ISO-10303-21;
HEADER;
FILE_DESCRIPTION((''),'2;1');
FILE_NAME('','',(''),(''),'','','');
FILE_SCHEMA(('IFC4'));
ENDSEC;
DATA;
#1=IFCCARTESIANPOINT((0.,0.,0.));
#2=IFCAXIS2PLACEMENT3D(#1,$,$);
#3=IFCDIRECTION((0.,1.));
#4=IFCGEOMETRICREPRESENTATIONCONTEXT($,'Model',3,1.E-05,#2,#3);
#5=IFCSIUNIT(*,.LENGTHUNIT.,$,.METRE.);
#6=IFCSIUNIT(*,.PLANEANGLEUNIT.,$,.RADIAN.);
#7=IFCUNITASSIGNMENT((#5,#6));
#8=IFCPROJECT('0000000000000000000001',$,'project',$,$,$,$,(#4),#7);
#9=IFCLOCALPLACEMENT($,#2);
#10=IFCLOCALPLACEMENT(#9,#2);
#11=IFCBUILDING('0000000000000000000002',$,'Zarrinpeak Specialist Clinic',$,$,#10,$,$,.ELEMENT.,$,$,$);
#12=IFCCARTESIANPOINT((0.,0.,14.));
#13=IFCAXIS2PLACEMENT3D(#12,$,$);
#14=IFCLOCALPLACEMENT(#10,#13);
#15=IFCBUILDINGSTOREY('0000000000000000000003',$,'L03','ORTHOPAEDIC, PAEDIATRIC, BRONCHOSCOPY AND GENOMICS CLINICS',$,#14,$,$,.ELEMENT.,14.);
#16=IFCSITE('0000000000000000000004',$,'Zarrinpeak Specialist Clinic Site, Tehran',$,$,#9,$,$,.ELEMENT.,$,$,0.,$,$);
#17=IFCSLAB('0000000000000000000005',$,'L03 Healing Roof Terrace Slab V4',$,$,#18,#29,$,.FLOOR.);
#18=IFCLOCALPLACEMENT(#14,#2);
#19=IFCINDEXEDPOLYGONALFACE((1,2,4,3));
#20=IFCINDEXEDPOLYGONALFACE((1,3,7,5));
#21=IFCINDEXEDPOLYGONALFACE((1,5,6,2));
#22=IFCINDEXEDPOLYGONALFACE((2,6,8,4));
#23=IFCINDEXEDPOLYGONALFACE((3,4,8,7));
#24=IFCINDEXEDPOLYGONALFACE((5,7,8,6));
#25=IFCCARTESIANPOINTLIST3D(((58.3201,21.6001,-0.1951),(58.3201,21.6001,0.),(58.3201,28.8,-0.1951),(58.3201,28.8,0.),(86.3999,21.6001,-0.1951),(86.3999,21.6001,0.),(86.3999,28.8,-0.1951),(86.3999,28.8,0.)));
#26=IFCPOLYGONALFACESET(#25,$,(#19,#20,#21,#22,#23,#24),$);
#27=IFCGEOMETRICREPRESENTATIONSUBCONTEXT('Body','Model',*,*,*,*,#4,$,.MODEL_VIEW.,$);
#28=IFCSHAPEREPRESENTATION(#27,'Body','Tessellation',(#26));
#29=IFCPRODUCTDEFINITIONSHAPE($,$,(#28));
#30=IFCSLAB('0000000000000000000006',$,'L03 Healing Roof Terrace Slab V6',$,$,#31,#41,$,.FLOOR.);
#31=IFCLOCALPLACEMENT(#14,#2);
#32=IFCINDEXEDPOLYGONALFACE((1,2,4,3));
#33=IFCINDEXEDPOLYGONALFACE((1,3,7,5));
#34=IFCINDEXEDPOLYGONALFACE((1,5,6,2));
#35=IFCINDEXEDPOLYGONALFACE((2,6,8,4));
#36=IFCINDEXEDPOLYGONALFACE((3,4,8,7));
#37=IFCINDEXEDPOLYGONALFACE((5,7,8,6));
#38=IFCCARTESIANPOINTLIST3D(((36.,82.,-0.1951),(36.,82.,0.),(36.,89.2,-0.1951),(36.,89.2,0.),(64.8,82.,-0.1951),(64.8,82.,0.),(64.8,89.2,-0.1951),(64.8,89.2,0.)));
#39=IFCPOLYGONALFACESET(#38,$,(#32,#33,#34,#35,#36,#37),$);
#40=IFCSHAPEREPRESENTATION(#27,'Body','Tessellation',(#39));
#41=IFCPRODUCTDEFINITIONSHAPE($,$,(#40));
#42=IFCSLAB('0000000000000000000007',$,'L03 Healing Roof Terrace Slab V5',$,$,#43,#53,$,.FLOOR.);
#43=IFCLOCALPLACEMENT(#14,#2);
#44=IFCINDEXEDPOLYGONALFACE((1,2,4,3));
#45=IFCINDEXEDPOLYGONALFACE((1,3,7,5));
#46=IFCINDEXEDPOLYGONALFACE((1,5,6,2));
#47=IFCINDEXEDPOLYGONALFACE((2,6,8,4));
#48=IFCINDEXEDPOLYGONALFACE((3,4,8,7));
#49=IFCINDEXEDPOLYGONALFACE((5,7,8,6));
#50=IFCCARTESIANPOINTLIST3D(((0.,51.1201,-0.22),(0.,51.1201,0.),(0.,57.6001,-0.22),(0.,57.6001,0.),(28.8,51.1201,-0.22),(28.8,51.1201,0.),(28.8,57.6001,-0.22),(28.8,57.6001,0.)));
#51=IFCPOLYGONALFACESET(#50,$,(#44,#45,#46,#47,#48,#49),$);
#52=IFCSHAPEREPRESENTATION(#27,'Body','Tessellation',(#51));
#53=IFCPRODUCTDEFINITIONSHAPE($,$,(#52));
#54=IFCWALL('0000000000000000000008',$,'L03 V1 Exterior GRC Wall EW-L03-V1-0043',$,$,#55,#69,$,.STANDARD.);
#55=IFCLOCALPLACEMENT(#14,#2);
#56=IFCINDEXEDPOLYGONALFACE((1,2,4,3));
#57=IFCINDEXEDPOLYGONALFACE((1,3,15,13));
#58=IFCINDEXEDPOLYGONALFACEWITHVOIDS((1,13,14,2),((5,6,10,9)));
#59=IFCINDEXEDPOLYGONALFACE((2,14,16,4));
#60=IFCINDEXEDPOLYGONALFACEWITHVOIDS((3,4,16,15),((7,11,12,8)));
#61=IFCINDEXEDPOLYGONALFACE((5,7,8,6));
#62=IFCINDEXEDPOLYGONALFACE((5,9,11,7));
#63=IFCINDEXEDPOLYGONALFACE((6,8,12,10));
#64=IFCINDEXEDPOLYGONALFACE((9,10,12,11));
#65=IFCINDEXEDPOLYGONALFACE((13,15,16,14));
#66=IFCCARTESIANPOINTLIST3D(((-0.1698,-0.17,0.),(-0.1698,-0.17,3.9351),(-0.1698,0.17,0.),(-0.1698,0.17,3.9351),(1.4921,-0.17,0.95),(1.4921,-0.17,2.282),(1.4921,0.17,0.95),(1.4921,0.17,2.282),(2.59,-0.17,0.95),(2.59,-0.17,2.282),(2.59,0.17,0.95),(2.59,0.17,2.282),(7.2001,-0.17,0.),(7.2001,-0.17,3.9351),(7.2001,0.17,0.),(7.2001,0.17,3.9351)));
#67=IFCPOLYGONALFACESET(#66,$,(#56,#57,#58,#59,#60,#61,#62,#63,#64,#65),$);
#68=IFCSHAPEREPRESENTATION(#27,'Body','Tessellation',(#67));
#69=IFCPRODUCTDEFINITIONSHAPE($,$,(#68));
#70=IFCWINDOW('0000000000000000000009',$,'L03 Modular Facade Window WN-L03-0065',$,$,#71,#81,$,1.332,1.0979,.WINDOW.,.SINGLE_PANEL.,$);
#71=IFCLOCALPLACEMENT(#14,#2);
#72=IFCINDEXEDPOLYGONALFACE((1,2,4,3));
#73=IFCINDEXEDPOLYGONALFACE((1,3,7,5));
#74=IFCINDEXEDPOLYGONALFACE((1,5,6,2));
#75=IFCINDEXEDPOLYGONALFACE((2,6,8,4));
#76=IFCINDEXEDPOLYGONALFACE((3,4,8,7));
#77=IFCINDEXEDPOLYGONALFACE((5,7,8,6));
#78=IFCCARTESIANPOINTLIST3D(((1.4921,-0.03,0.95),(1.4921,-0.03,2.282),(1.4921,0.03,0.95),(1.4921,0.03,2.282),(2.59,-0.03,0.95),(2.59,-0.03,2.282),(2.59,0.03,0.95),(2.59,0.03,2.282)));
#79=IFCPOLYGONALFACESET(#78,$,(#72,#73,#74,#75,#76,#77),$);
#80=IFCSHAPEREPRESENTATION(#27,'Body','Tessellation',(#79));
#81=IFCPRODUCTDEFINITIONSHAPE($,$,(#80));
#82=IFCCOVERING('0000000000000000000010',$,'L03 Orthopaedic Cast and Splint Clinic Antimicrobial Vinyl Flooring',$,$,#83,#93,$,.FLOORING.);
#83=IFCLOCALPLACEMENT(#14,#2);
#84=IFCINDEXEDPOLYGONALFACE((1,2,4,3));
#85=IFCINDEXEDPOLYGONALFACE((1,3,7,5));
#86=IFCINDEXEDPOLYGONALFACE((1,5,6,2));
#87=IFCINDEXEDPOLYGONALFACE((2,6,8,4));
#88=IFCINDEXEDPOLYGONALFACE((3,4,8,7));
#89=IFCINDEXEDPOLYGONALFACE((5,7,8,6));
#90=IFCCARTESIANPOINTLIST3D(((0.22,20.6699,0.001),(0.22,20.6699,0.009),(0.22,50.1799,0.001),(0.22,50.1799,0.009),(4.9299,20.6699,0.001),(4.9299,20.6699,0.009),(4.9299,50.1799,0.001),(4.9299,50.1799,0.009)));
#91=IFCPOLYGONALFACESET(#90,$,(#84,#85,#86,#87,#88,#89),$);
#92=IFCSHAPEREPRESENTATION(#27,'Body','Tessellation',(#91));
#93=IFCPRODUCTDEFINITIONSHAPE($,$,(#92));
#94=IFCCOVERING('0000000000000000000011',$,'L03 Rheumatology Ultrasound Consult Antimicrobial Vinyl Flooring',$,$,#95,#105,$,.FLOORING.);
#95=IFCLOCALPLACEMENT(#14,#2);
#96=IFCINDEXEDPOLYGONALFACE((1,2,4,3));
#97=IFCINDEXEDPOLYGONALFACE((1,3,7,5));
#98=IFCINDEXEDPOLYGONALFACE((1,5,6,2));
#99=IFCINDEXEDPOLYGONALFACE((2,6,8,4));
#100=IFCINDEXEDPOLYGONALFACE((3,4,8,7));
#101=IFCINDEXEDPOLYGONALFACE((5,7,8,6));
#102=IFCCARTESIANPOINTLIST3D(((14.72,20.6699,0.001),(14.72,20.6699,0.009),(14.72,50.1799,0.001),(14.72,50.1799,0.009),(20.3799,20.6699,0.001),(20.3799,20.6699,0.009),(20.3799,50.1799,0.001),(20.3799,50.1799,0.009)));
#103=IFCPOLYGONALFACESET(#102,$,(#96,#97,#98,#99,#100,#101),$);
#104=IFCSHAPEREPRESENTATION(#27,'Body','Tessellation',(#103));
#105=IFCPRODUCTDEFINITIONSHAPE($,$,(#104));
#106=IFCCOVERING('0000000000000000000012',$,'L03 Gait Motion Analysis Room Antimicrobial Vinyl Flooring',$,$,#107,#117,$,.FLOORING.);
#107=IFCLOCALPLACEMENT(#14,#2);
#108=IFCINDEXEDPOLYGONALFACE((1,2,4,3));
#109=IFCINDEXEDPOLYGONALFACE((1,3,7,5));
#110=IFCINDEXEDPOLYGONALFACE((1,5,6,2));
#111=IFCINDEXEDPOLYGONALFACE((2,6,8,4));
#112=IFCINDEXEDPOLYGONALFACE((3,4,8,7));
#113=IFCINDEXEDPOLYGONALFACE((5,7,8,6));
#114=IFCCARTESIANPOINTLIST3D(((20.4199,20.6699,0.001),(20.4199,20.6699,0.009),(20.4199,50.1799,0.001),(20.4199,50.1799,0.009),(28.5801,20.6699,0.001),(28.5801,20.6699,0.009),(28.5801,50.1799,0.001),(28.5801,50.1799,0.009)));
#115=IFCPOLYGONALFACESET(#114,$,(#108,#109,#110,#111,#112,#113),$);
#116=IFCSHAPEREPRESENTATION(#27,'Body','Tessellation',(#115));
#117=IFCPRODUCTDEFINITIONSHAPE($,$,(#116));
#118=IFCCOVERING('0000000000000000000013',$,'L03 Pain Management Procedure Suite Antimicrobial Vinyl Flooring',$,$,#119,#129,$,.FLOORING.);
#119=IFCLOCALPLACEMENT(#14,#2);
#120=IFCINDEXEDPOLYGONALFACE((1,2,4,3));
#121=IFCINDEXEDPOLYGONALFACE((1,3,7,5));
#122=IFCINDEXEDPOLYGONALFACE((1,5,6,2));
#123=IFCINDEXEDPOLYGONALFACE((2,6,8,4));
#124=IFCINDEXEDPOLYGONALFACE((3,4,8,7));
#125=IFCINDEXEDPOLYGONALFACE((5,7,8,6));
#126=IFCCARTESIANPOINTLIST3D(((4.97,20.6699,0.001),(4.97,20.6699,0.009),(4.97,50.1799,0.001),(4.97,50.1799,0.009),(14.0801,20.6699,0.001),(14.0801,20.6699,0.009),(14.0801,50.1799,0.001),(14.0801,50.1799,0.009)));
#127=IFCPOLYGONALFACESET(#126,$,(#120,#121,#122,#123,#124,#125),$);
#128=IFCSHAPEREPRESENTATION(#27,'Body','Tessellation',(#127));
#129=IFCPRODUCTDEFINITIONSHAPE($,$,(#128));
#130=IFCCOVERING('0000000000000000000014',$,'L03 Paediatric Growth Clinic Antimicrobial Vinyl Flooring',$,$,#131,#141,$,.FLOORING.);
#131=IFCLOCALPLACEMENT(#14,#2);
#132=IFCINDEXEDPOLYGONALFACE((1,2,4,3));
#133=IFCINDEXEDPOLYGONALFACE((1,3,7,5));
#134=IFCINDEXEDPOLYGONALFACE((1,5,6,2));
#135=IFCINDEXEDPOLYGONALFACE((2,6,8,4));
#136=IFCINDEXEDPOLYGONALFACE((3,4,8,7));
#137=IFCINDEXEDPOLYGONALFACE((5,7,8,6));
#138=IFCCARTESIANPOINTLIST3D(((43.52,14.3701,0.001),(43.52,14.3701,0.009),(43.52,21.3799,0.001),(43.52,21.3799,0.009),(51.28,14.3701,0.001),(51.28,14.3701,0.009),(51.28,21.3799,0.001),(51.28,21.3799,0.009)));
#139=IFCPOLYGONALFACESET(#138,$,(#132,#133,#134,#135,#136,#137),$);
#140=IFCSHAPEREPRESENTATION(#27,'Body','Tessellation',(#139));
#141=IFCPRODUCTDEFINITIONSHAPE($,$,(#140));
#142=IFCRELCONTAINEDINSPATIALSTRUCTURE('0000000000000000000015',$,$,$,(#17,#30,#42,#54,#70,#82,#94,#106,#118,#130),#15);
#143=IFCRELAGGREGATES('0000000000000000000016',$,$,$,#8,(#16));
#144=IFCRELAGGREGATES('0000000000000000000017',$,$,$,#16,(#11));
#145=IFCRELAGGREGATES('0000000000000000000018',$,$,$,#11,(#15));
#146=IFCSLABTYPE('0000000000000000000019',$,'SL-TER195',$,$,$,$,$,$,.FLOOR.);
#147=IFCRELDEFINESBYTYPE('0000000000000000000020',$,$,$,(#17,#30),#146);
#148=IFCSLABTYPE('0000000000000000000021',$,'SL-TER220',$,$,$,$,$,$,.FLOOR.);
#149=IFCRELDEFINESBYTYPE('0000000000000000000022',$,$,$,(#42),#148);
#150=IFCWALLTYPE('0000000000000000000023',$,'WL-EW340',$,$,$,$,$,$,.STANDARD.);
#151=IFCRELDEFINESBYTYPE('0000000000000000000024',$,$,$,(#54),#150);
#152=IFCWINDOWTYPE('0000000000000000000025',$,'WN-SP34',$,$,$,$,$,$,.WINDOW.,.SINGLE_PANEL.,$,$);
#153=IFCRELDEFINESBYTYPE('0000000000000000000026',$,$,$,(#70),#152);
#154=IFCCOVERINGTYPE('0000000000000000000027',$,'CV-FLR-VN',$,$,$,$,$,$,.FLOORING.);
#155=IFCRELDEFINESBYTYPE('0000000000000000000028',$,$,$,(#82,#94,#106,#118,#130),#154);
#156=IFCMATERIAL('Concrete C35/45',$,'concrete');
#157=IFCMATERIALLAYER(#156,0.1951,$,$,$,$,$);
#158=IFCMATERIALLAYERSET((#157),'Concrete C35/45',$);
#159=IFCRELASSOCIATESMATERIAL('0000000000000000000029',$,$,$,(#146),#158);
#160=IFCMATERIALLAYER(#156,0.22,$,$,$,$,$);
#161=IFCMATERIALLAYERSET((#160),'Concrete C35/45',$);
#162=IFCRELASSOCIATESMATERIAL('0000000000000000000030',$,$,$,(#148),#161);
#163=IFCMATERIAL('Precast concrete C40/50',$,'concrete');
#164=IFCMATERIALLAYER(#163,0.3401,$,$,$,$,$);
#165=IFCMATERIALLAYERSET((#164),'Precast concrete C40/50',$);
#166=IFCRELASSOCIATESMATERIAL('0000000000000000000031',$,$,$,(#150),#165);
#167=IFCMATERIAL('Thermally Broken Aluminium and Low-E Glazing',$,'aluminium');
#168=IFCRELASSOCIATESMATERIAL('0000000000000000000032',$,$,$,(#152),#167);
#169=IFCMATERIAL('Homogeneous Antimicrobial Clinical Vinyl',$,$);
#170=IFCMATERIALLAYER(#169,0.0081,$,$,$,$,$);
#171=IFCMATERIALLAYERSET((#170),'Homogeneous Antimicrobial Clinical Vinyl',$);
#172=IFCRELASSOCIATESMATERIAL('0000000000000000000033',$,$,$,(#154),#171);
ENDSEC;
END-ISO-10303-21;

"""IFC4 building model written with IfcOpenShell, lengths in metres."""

from ifc_helpers import new_model, si_unit, direction, frame, frame_2d, origin, place, context, subcontext, project, spatial, polyline, rectangle, outline, extrude, material, layer, layer_set, type_object, element, fill, save


model = new_model("IFC4")

# Units and contexts
model_context = context("Model", 3, precision=1e-05, world=origin(), true_north=direction((0.0, 1.0)))
body_context = subcontext(model_context, "Body", "Model", "MODEL_VIEW")
ifc_project = project(units=[si_unit("LENGTHUNIT", "METRE"), si_unit("PLANEANGLEUNIT", "RADIAN")], contexts=[model_context])

# Site, building, storey
site_placement = place(None, origin())
site = spatial("IfcSite", under=ifc_project, at=site_placement, Name="Zarrinpeak Specialist Clinic Site, Tehran", CompositionType="ELEMENT", RefElevation=0.0)
building_placement = place(site_placement, origin())
building = spatial("IfcBuilding", under=site, at=building_placement, Name="Zarrinpeak Specialist Clinic", CompositionType="ELEMENT")
storey_placement = place(building_placement, frame((0.0, 0.0, 14.0)))
storey = spatial("IfcBuildingStorey", under=building, at=storey_placement, Name="L03", Description="ORTHOPAEDIC, PAEDIATRIC, BRONCHOSCOPY AND GENOMICS CLINICS", CompositionType="ELEMENT", Elevation=14.0)

# Slabs
ifc_material_1 = material(Name="Concrete C35/45", Category="concrete")
ifc_layer_1 = layer(ifc_material_1, 0.1951)
ifc_layer_set_1 = layer_set([ifc_layer_1], Name="Concrete C35/45")
slab_type_1 = type_object("IfcSlabType", Name="SL-TER195", PredefinedType="FLOOR", material=ifc_layer_set_1)
slab_1_placement = place(storey_placement, frame((0.0, 0.0, -0.1951)))
element("IfcSlab", 1, at=slab_1_placement, inside=storey, type_object=slab_type_1, Name="L03 Healing Roof Terrace Slab V4", PredefinedType="FLOOR", context=body_context, shape_type="SweptSolid", body=[
    extrude(outline(polyline([(58.3201, 21.6001), (86.3999, 21.6001), (86.3999, 28.8), (58.3201, 28.8), (58.3201, 21.6001)])), origin(), (0.0, 0.0, 1.0), 0.1951),
])
slab_2_placement = place(storey_placement, frame((0.0, 0.0, -0.1951)))
element("IfcSlab", 2, at=slab_2_placement, inside=storey, type_object=slab_type_1, Name="L03 Healing Roof Terrace Slab V6", PredefinedType="FLOOR", context=body_context, shape_type="SweptSolid", body=[
    extrude(outline(polyline([(36.0, 82.0), (64.8, 82.0), (64.8, 89.2), (36.0, 89.2), (36.0, 82.0)])), origin(), (0.0, 0.0, 1.0), 0.1951),
])
ifc_layer_2 = layer(ifc_material_1, 0.22)
ifc_layer_set_2 = layer_set([ifc_layer_2], Name="Concrete C35/45")
slab_type_2 = type_object("IfcSlabType", Name="SL-TER220", PredefinedType="FLOOR", material=ifc_layer_set_2)
slab_3_placement = place(storey_placement, frame((0.0, 0.0, -0.22)))
element("IfcSlab", 3, at=slab_3_placement, inside=storey, type_object=slab_type_2, Name="L03 Healing Roof Terrace Slab V5", PredefinedType="FLOOR", context=body_context, shape_type="SweptSolid", body=[
    extrude(outline(polyline([(0.0, 51.1201), (28.8, 51.1201), (28.8, 57.6001), (0.0, 57.6001), (0.0, 51.1201)])), origin(), (0.0, 0.0, 1.0), 0.22),
])

# Wall, opening, window
ifc_material_2 = material(Name="Precast concrete C40/50", Category="concrete")
ifc_layer_3 = layer(ifc_material_2, 0.3401)
ifc_layer_set_3 = layer_set([ifc_layer_3], Name="Precast concrete C40/50")
wall_type = type_object("IfcWallType", Name="WL-EW340", PredefinedType="STANDARD", material=ifc_layer_set_3)
wall_placement = place(storey_placement, frame((-0.1699, 0.0, 0.0), z_axis=(0.0, 0.0, 1.0), x_axis=(1.0, 0.0, 0.0)))
wall = element("IfcWall", 4, at=wall_placement, inside=storey, type_object=wall_type, Name="L03 V1 Exterior GRC Wall EW-L03-V1-0043", PredefinedType="STANDARD", context=body_context, shape_type="SweptSolid", body=[
    extrude(rectangle(XDim=7.3699, YDim=0.3401, at=frame_2d((3.6851, 0.0))), origin(), (0.0, 0.0, 1.0), 3.9351),
])
opening_placement = place(wall_placement, frame((1.6621, 0.0, 0.95)))
opening = element("IfcOpeningElement", 5, at=opening_placement, cuts=wall, PredefinedType="OPENING", context=body_context, shape_type="SweptSolid", body=[
    extrude(rectangle(XDim=1.0979, YDim=1.332, at=frame_2d((0.5488, 0.666))), frame((0.0, 0.1802, 0.0), z_axis=(0.0, -1.0, 0.0), x_axis=(1.0, 0.0, 0.0)), (0.0, 0.0, 1.0), 0.3601),
])
ifc_material_3 = material(Name="Thermally Broken Aluminium and Low-E Glazing", Category="aluminium")
window_type = type_object("IfcWindowType", Name="WN-SP34", PartitioningType="SINGLE_PANEL", PredefinedType="WINDOW", material=ifc_material_3)
window_placement = place(opening_placement, origin())
window = element("IfcWindow", 6, at=window_placement, inside=storey, type_object=window_type, Name="L03 Modular Facade Window WN-L03-0065", OverallHeight=1.332, OverallWidth=1.0979, PartitioningType="SINGLE_PANEL", PredefinedType="WINDOW", context=body_context, shape_type="SweptSolid", body=[
    extrude(rectangle(XDim=1.0979, YDim=1.332, at=frame_2d((0.5488, 0.666))), frame((0.0, 0.03, 0.0), z_axis=(0.0, -1.0, 0.0), x_axis=(1.0, 0.0, 0.0)), (0.0, 0.0, 1.0), 0.0601),
])
fill(opening, window)

# Coverings
ifc_material_4 = material(Name="Homogeneous Antimicrobial Clinical Vinyl")
ifc_layer_4 = layer(ifc_material_4, 0.0081)
ifc_layer_set_4 = layer_set([ifc_layer_4], Name="Homogeneous Antimicrobial Clinical Vinyl")
covering_type = type_object("IfcCoveringType", Name="CV-FLR-VN", PredefinedType="FLOORING", material=ifc_layer_set_4)
covering_1_placement = place(storey_placement, frame((0.0, 0.0, 0.001)))
element("IfcCovering", 7, at=covering_1_placement, inside=storey, type_object=covering_type, Name="L03 Orthopaedic Cast and Splint Clinic Antimicrobial Vinyl Flooring", PredefinedType="FLOORING", context=body_context, shape_type="SweptSolid", body=[
    extrude(outline(polyline([(0.22, 20.6699), (4.9299, 20.6699), (4.9299, 50.1799), (0.22, 50.1799), (0.22, 20.6699)])), origin(), (0.0, 0.0, 1.0), 0.0081),
])
covering_2_placement = place(storey_placement, frame((0.0, 0.0, 0.001)))
element("IfcCovering", 8, at=covering_2_placement, inside=storey, type_object=covering_type, Name="L03 Rheumatology Ultrasound Consult Antimicrobial Vinyl Flooring", PredefinedType="FLOORING", context=body_context, shape_type="SweptSolid", body=[
    extrude(outline(polyline([(14.72, 20.6699), (20.3799, 20.6699), (20.3799, 50.1799), (14.72, 50.1799), (14.72, 20.6699)])), origin(), (0.0, 0.0, 1.0), 0.0081),
])
covering_3_placement = place(storey_placement, frame((0.0, 0.0, 0.001)))
element("IfcCovering", 9, at=covering_3_placement, inside=storey, type_object=covering_type, Name="L03 Gait Motion Analysis Room Antimicrobial Vinyl Flooring", PredefinedType="FLOORING", context=body_context, shape_type="SweptSolid", body=[
    extrude(outline(polyline([(20.4199, 20.6699), (28.5801, 20.6699), (28.5801, 50.1799), (20.4199, 50.1799), (20.4199, 20.6699)])), origin(), (0.0, 0.0, 1.0), 0.0081),
])
covering_4_placement = place(storey_placement, frame((0.0, 0.0, 0.001)))
element("IfcCovering", 10, at=covering_4_placement, inside=storey, type_object=covering_type, Name="L03 Pain Management Procedure Suite Antimicrobial Vinyl Flooring", PredefinedType="FLOORING", context=body_context, shape_type="SweptSolid", body=[
    extrude(outline(polyline([(4.97, 20.6699), (14.0801, 20.6699), (14.0801, 50.1799), (4.97, 50.1799), (4.97, 20.6699)])), origin(), (0.0, 0.0, 1.0), 0.0081),
])
covering_5_placement = place(storey_placement, frame((0.0, 0.0, 0.001)))
element("IfcCovering", 11, at=covering_5_placement, inside=storey, type_object=covering_type, Name="L03 Paediatric Growth Clinic Antimicrobial Vinyl Flooring", PredefinedType="FLOORING", context=body_context, shape_type="SweptSolid", body=[
    extrude(outline(polyline([(43.52, 14.3701), (51.28, 14.3701), (51.28, 21.3799), (43.52, 21.3799), (43.52, 14.3701)])), origin(), (0.0, 0.0, 1.0), 0.0081),
])

save(model, "model.ifc")
